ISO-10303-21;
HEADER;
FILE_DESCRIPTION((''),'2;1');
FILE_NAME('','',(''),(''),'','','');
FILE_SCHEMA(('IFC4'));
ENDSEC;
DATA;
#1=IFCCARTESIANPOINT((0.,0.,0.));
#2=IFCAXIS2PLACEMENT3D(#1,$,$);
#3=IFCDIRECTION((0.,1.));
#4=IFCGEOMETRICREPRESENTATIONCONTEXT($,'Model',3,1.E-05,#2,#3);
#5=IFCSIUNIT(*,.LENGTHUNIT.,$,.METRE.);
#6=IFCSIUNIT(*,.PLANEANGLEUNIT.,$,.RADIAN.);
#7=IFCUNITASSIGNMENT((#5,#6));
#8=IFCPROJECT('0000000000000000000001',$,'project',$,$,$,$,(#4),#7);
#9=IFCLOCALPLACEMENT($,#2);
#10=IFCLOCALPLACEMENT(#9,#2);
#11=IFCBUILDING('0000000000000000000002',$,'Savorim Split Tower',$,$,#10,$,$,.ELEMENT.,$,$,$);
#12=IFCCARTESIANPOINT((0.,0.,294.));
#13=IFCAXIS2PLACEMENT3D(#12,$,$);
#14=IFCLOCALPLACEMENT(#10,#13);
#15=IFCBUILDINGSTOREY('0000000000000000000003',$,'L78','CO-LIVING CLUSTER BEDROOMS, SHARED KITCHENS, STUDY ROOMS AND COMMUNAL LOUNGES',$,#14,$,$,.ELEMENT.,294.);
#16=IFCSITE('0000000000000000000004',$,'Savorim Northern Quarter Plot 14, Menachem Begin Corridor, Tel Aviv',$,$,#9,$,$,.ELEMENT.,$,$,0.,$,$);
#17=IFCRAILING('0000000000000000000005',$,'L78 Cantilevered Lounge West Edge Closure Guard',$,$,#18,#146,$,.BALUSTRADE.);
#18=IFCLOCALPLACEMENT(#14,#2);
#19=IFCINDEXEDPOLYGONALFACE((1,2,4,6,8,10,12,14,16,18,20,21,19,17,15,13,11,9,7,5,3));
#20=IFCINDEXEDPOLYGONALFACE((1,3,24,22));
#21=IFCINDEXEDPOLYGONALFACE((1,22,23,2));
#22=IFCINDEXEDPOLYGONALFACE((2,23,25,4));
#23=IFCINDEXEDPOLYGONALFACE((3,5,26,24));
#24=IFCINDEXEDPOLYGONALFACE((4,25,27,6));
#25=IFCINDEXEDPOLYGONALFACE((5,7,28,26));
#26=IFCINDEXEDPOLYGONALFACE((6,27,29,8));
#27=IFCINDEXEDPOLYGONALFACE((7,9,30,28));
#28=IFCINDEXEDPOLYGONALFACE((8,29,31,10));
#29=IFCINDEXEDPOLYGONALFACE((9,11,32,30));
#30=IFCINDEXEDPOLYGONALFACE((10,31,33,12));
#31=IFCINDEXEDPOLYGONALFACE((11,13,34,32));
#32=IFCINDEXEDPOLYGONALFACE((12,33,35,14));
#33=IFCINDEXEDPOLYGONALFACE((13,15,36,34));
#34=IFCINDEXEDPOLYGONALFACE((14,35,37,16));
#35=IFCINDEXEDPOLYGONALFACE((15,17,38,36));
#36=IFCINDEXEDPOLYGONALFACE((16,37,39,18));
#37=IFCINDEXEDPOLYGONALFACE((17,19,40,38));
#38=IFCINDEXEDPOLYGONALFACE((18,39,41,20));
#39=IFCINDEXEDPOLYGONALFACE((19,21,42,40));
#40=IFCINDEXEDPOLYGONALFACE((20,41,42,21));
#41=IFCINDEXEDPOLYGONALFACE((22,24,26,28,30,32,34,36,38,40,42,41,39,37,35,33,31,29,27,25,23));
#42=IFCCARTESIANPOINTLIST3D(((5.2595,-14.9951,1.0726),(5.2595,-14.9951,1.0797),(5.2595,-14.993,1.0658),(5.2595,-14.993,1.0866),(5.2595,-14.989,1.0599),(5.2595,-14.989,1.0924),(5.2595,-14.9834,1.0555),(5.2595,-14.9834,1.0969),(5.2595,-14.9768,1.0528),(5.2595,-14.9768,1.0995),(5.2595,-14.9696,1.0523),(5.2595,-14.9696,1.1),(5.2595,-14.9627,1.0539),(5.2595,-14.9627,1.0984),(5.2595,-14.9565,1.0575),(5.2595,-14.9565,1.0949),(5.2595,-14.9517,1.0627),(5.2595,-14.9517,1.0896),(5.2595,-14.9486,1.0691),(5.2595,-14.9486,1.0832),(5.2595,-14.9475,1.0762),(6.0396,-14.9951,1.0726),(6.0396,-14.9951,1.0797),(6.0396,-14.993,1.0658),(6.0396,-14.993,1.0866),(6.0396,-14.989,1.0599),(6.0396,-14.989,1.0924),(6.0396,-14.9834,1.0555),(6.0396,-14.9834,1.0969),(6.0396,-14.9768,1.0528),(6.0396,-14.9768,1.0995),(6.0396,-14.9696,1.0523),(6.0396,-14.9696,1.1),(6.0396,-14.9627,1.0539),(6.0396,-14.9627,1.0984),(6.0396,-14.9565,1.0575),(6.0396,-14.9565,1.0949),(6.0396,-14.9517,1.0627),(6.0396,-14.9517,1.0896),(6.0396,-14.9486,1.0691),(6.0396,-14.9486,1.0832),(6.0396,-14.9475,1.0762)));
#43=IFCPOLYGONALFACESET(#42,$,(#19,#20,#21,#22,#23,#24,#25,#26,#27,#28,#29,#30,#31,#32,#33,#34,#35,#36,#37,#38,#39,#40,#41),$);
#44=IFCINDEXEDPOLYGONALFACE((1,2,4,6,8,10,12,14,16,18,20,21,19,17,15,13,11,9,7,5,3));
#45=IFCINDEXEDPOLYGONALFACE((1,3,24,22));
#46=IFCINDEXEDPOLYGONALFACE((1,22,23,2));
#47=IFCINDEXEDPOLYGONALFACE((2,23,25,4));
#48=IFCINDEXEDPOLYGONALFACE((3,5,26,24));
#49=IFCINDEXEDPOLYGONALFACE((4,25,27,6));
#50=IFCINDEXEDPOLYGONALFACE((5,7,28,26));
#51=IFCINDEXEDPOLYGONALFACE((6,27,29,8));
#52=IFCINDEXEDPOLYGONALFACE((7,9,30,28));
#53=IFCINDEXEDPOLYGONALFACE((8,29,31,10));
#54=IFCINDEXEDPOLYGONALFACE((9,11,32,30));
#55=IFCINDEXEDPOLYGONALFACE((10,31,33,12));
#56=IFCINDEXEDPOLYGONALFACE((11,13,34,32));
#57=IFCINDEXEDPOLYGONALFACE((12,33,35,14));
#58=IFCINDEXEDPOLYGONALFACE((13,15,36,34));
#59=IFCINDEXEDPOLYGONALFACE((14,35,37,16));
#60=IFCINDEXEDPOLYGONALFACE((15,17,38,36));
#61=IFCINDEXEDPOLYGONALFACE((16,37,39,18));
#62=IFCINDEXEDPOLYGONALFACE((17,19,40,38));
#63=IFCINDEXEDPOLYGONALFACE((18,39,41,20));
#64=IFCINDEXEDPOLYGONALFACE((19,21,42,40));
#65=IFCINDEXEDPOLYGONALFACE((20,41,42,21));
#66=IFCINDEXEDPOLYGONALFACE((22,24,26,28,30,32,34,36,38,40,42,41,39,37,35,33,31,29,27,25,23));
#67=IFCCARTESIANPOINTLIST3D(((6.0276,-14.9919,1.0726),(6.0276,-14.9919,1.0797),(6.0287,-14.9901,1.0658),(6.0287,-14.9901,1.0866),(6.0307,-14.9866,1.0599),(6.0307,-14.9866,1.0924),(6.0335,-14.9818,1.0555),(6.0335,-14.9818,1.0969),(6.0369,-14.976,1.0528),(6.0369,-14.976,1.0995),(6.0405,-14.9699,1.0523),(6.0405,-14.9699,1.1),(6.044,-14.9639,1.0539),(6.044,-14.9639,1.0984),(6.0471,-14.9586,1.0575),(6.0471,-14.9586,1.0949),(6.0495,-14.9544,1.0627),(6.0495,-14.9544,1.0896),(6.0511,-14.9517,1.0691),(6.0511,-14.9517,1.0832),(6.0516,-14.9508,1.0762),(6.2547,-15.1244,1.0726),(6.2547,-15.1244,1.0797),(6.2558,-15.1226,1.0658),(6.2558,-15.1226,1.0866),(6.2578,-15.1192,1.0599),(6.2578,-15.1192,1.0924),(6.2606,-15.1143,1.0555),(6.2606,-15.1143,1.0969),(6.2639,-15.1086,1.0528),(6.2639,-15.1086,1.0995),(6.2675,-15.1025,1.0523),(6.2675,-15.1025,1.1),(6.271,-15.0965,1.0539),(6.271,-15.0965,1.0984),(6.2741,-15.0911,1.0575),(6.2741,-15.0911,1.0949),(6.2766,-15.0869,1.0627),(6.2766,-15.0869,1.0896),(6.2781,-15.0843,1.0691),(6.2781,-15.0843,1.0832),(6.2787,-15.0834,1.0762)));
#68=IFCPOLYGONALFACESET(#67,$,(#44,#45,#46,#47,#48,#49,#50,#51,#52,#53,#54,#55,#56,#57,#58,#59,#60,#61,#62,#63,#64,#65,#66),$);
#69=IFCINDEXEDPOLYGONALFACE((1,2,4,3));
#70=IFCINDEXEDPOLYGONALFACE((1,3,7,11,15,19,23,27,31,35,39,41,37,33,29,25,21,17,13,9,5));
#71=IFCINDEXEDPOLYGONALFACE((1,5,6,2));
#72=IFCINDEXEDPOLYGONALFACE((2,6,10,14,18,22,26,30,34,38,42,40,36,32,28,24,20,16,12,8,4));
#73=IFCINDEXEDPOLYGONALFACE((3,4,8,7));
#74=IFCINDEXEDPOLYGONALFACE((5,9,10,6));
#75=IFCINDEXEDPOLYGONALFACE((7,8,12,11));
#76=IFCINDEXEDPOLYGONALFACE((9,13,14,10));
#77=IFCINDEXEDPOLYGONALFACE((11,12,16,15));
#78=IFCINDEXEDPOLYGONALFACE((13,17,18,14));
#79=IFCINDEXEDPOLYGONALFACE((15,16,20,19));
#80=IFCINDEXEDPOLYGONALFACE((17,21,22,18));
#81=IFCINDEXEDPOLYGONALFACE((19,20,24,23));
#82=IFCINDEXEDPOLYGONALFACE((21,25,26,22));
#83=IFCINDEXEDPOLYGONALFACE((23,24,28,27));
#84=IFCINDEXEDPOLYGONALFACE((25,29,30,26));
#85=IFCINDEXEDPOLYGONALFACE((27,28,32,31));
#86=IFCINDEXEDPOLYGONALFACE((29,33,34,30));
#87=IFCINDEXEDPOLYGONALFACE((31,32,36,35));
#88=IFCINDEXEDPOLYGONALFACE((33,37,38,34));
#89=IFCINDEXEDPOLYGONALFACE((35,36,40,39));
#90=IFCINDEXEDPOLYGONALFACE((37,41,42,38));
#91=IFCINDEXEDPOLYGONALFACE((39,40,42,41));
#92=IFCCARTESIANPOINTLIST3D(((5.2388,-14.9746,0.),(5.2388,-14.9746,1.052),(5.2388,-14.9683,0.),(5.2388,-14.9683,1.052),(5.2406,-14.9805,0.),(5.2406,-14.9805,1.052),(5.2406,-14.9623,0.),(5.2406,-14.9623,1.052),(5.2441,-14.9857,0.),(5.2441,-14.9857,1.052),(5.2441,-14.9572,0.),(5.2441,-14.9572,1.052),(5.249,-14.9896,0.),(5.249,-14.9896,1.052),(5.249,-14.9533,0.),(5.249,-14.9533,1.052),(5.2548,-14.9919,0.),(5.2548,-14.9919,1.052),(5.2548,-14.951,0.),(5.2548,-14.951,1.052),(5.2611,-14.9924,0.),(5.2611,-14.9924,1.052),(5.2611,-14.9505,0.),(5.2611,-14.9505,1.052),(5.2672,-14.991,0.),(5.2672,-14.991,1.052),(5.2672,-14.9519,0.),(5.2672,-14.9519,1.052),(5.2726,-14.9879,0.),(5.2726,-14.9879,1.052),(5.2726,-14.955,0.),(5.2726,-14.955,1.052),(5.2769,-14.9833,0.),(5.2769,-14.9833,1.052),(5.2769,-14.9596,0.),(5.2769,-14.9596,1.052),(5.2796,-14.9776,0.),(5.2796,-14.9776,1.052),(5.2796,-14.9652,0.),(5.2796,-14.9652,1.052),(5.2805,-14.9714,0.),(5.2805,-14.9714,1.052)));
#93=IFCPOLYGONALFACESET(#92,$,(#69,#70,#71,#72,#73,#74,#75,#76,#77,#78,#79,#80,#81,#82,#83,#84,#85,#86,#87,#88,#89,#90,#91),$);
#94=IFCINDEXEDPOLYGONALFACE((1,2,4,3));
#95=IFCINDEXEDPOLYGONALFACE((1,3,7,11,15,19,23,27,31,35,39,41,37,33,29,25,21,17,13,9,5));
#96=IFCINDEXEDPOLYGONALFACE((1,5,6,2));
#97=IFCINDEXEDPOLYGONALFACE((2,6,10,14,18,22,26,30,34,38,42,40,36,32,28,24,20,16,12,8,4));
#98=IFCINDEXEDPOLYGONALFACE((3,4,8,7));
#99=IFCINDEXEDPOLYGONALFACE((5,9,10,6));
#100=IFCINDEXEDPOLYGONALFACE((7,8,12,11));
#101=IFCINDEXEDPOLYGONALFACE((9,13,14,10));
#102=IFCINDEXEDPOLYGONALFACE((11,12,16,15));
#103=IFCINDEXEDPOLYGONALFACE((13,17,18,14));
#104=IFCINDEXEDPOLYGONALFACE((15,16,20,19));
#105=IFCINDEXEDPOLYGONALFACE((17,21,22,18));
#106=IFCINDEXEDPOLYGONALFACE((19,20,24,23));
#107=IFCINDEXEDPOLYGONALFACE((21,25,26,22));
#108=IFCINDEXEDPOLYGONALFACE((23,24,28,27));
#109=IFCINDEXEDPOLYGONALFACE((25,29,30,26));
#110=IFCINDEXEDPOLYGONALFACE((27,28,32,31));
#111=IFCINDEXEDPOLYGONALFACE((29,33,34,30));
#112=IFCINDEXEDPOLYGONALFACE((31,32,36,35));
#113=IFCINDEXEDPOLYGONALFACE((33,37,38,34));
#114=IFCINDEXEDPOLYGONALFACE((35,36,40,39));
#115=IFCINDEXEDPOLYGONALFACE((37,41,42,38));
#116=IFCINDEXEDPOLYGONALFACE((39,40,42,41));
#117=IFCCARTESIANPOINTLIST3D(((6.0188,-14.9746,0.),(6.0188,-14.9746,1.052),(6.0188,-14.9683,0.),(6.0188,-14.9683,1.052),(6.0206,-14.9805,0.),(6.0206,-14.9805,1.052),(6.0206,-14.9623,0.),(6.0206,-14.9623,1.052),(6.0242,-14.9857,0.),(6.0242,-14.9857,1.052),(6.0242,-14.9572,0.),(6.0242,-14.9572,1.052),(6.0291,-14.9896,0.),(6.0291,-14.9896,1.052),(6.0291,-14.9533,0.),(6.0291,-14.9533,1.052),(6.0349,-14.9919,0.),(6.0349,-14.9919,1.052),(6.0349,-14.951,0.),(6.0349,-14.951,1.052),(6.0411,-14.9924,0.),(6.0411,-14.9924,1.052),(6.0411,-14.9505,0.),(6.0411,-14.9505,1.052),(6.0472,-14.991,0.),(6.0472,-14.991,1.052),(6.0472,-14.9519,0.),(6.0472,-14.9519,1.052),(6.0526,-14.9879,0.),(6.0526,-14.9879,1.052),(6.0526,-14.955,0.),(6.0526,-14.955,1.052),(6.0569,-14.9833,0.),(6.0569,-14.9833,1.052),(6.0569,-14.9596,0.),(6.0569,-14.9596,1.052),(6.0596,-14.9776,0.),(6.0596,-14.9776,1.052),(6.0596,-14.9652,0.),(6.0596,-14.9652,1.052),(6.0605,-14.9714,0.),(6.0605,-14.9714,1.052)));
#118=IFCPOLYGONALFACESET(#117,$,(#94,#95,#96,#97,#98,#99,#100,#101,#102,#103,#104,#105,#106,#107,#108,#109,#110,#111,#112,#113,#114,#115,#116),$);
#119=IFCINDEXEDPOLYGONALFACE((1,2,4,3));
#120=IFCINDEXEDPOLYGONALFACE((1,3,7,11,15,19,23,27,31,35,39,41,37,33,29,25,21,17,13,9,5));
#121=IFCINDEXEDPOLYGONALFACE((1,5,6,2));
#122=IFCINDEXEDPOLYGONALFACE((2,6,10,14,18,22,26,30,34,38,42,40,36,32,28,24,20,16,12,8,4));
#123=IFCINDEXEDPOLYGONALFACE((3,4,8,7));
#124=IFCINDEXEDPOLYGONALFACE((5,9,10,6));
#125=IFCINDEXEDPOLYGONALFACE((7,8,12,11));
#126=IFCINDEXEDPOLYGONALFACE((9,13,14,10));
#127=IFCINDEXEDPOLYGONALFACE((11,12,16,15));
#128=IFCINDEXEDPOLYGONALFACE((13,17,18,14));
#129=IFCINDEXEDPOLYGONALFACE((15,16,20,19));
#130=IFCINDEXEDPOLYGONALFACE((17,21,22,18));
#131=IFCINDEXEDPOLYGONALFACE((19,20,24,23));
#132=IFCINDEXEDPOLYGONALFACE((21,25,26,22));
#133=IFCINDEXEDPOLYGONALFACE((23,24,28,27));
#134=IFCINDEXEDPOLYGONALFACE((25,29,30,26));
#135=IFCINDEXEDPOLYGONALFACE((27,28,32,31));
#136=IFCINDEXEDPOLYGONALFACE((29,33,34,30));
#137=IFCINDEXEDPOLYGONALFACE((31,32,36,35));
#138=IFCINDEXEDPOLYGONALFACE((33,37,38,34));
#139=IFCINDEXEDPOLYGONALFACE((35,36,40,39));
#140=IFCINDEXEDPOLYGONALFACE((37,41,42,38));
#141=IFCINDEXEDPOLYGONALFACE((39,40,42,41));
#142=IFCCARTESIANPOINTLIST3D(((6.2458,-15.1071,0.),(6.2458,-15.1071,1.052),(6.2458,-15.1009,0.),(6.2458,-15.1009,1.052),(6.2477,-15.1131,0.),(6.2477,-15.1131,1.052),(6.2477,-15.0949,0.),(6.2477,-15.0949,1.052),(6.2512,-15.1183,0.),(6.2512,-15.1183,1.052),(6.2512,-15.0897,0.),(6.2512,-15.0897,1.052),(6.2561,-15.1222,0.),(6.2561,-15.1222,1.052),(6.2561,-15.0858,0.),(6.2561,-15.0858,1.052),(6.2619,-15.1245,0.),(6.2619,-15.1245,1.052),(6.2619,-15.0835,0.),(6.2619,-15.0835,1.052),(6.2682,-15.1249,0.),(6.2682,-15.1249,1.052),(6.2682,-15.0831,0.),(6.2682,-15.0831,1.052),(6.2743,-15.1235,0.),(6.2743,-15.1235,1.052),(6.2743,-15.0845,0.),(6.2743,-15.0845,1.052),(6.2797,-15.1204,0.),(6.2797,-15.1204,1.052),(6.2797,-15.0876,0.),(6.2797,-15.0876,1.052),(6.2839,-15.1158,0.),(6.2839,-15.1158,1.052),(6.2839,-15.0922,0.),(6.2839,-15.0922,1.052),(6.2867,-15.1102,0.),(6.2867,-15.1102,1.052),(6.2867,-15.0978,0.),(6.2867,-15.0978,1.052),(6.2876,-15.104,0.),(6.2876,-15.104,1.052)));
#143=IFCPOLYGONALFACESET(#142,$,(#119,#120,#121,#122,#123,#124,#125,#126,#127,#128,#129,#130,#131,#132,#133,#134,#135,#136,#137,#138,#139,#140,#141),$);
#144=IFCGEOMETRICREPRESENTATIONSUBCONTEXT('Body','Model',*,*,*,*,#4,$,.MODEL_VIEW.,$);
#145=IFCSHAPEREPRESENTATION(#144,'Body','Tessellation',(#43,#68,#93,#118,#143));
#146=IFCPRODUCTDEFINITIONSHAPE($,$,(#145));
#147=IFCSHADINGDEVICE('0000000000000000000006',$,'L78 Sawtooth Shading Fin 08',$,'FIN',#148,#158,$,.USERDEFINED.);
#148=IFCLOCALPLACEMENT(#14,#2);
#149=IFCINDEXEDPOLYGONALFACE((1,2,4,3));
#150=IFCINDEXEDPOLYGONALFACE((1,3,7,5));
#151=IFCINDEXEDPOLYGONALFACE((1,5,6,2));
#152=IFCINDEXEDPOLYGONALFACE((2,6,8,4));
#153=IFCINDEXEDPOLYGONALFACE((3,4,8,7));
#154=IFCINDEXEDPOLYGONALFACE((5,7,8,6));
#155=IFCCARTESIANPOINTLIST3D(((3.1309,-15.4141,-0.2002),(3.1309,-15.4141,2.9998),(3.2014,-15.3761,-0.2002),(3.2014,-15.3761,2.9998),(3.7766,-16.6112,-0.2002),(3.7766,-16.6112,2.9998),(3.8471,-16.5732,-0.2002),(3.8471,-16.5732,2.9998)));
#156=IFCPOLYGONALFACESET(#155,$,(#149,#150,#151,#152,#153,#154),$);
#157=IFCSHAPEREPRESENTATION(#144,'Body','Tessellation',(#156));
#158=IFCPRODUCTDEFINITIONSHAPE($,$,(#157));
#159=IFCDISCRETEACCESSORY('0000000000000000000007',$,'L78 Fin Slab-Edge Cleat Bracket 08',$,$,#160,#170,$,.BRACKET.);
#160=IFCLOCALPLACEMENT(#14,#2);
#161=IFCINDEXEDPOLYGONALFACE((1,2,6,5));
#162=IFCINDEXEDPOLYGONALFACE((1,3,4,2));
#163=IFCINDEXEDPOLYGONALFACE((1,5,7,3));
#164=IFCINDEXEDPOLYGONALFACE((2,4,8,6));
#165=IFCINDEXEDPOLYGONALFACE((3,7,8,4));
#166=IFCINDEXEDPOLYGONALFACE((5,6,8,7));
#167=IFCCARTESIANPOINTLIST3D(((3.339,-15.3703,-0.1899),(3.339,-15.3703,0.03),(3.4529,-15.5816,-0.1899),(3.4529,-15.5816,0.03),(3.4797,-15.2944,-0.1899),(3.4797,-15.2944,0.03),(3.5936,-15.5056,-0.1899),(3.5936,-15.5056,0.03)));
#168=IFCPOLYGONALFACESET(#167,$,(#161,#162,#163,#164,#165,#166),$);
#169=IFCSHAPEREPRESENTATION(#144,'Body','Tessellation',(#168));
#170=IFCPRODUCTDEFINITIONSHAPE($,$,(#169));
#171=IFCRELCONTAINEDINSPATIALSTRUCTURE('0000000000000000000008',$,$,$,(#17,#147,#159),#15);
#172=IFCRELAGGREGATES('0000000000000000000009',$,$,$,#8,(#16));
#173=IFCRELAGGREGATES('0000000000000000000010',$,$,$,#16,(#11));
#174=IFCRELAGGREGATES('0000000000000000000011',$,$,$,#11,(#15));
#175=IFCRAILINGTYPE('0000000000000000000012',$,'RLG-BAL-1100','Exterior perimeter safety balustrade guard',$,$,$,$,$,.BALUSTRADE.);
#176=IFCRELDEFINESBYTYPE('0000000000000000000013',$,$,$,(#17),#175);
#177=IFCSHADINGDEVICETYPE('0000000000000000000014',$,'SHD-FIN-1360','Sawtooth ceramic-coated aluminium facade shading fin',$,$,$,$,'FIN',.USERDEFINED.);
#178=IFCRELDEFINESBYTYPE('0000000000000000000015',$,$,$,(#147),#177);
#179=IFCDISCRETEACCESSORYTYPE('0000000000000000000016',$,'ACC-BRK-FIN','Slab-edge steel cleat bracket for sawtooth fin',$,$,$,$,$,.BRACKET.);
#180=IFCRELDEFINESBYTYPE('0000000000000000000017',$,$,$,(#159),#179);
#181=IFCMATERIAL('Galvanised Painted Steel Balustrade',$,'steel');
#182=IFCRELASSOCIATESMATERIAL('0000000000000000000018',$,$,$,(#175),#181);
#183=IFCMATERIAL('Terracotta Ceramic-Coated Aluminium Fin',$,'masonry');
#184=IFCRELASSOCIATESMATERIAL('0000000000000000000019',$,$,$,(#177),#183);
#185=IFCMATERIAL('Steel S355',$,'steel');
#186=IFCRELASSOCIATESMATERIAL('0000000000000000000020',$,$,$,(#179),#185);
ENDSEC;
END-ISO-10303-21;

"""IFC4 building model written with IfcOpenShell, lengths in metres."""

from ifc_helpers import new_model, si_unit, direction, frame, origin, origin_2d, place, context, subcontext, project, spatial, rectangle, circle, extrude, material, type_object, element, save


model = new_model("IFC4")

# Units and contexts
model_context = context("Model", 3, precision=1e-05, world=origin(), true_north=direction((0.0, 1.0)))
body_context = subcontext(model_context, "Body", "Model", "MODEL_VIEW")
ifc_project = project(units=[si_unit("LENGTHUNIT", "METRE"), si_unit("PLANEANGLEUNIT", "RADIAN")], contexts=[model_context])

# Site, building, storey
site_placement = place(None, origin())
site = spatial("IfcSite", under=ifc_project, at=site_placement, Name="Savorim Northern Quarter Plot 14, Menachem Begin Corridor, Tel Aviv", CompositionType="ELEMENT", RefElevation=0.0)
building_placement = place(site_placement, origin())
building = spatial("IfcBuilding", under=site, at=building_placement, Name="Savorim Split Tower", CompositionType="ELEMENT")
storey_placement = place(building_placement, frame((0.0, 0.0, 294.0)))
storey = spatial("IfcBuildingStorey", under=building, at=storey_placement, Name="L78", Description="CO-LIVING CLUSTER BEDROOMS, SHARED KITCHENS, STUDY ROOMS AND COMMUNAL LOUNGES", CompositionType="ELEMENT", Elevation=294.0)

# Shared definitions
ifc_material_1 = material(Name="Steel S355", Category="steel")

# Railing
ifc_material_2 = material(Name="Galvanised Painted Steel Balustrade", Category="steel")
railing_type = type_object("IfcRailingType", Name="RLG-BAL-1100", Description="Exterior perimeter safety balustrade guard", PredefinedType="BALUSTRADE", material=ifc_material_2)
railing_placement = place(storey_placement, frame((5.2595, -14.9714, 0.0)))
element("IfcRailing", 1, at=railing_placement, inside=storey, type_object=railing_type, Name="L78 Cantilevered Lounge West Edge Closure Guard", PredefinedType="BALUSTRADE", context=body_context, shape_type="SweptSolid", body=[
    extrude(circle(Radius=0.0239, at=origin_2d()), frame((0.0, 0.0, 1.0762), z_axis=(1.0, 0.0, 0.0), x_axis=(0.0, 1.0, 0.0)), (0.0, 0.0, 1.0), 0.78),
    extrude(circle(Radius=0.0239, at=origin_2d()), frame((0.78, 0.0, 1.0762), z_axis=(0.863577, -0.504217, 0.0), x_axis=(0.504217, 0.863577, 0.0)), (0.0, 0.0, 1.0), 0.2629),
    extrude(circle(Radius=0.021, at=origin_2d()), origin(), (0.0, 0.0, 1.0), 1.052),
    extrude(circle(Radius=0.021, at=origin_2d()), frame((0.78, 0.0, 0.0)), (0.0, 0.0, 1.0), 1.052),
    extrude(circle(Radius=0.021, at=origin_2d()), frame((1.0071, -0.1326, 0.0)), (0.0, 0.0, 1.0), 1.052),
])

# Shading device
ifc_material_3 = material(Name="Terracotta Ceramic-Coated Aluminium Fin", Category="masonry")
shading_device_type = type_object("IfcShadingDeviceType", Name="SHD-FIN-1360", Description="Sawtooth ceramic-coated aluminium facade shading fin", ElementType="FIN", PredefinedType="USERDEFINED", material=ifc_material_3)
shading_device_placement = place(storey_placement, frame((3.489, -15.9937, -0.2002), z_axis=(0.0, 0.0, 1.0), x_axis=(0.474778, -0.880106, 0.0)))
element("IfcShadingDevice", 2, at=shading_device_placement, inside=storey, type_object=shading_device_type, Name="L78 Sawtooth Shading Fin 08", ObjectType="FIN", PredefinedType="USERDEFINED", context=body_context, shape_type="SweptSolid", body=[
    extrude(rectangle(XDim=1.3601, YDim=0.0801, at=origin_2d()), origin(), (0.0, 0.0, 1.0), 3.2),
])

# Discrete accessory
discrete_accessory_type = type_object("IfcDiscreteAccessoryType", Name="ACC-BRK-FIN", Description="Slab-edge steel cleat bracket for sawtooth fin", PredefinedType="BRACKET", material=ifc_material_1)
discrete_accessory_placement = place(storey_placement, frame((3.4663, -15.438, -0.1899), z_axis=(0.0, 0.0, 1.0), x_axis=(0.474778, -0.880106, 0.0)))
element("IfcDiscreteAccessory", 3, at=discrete_accessory_placement, inside=storey, type_object=discrete_accessory_type, Name="L78 Fin Slab-Edge Cleat Bracket 08", PredefinedType="BRACKET", context=body_context, shape_type="SweptSolid", body=[
    extrude(rectangle(XDim=0.24, YDim=0.1599, at=origin_2d()), origin(), (0.0, 0.0, 1.0), 0.22),
])

save(model, "model.ifc")
